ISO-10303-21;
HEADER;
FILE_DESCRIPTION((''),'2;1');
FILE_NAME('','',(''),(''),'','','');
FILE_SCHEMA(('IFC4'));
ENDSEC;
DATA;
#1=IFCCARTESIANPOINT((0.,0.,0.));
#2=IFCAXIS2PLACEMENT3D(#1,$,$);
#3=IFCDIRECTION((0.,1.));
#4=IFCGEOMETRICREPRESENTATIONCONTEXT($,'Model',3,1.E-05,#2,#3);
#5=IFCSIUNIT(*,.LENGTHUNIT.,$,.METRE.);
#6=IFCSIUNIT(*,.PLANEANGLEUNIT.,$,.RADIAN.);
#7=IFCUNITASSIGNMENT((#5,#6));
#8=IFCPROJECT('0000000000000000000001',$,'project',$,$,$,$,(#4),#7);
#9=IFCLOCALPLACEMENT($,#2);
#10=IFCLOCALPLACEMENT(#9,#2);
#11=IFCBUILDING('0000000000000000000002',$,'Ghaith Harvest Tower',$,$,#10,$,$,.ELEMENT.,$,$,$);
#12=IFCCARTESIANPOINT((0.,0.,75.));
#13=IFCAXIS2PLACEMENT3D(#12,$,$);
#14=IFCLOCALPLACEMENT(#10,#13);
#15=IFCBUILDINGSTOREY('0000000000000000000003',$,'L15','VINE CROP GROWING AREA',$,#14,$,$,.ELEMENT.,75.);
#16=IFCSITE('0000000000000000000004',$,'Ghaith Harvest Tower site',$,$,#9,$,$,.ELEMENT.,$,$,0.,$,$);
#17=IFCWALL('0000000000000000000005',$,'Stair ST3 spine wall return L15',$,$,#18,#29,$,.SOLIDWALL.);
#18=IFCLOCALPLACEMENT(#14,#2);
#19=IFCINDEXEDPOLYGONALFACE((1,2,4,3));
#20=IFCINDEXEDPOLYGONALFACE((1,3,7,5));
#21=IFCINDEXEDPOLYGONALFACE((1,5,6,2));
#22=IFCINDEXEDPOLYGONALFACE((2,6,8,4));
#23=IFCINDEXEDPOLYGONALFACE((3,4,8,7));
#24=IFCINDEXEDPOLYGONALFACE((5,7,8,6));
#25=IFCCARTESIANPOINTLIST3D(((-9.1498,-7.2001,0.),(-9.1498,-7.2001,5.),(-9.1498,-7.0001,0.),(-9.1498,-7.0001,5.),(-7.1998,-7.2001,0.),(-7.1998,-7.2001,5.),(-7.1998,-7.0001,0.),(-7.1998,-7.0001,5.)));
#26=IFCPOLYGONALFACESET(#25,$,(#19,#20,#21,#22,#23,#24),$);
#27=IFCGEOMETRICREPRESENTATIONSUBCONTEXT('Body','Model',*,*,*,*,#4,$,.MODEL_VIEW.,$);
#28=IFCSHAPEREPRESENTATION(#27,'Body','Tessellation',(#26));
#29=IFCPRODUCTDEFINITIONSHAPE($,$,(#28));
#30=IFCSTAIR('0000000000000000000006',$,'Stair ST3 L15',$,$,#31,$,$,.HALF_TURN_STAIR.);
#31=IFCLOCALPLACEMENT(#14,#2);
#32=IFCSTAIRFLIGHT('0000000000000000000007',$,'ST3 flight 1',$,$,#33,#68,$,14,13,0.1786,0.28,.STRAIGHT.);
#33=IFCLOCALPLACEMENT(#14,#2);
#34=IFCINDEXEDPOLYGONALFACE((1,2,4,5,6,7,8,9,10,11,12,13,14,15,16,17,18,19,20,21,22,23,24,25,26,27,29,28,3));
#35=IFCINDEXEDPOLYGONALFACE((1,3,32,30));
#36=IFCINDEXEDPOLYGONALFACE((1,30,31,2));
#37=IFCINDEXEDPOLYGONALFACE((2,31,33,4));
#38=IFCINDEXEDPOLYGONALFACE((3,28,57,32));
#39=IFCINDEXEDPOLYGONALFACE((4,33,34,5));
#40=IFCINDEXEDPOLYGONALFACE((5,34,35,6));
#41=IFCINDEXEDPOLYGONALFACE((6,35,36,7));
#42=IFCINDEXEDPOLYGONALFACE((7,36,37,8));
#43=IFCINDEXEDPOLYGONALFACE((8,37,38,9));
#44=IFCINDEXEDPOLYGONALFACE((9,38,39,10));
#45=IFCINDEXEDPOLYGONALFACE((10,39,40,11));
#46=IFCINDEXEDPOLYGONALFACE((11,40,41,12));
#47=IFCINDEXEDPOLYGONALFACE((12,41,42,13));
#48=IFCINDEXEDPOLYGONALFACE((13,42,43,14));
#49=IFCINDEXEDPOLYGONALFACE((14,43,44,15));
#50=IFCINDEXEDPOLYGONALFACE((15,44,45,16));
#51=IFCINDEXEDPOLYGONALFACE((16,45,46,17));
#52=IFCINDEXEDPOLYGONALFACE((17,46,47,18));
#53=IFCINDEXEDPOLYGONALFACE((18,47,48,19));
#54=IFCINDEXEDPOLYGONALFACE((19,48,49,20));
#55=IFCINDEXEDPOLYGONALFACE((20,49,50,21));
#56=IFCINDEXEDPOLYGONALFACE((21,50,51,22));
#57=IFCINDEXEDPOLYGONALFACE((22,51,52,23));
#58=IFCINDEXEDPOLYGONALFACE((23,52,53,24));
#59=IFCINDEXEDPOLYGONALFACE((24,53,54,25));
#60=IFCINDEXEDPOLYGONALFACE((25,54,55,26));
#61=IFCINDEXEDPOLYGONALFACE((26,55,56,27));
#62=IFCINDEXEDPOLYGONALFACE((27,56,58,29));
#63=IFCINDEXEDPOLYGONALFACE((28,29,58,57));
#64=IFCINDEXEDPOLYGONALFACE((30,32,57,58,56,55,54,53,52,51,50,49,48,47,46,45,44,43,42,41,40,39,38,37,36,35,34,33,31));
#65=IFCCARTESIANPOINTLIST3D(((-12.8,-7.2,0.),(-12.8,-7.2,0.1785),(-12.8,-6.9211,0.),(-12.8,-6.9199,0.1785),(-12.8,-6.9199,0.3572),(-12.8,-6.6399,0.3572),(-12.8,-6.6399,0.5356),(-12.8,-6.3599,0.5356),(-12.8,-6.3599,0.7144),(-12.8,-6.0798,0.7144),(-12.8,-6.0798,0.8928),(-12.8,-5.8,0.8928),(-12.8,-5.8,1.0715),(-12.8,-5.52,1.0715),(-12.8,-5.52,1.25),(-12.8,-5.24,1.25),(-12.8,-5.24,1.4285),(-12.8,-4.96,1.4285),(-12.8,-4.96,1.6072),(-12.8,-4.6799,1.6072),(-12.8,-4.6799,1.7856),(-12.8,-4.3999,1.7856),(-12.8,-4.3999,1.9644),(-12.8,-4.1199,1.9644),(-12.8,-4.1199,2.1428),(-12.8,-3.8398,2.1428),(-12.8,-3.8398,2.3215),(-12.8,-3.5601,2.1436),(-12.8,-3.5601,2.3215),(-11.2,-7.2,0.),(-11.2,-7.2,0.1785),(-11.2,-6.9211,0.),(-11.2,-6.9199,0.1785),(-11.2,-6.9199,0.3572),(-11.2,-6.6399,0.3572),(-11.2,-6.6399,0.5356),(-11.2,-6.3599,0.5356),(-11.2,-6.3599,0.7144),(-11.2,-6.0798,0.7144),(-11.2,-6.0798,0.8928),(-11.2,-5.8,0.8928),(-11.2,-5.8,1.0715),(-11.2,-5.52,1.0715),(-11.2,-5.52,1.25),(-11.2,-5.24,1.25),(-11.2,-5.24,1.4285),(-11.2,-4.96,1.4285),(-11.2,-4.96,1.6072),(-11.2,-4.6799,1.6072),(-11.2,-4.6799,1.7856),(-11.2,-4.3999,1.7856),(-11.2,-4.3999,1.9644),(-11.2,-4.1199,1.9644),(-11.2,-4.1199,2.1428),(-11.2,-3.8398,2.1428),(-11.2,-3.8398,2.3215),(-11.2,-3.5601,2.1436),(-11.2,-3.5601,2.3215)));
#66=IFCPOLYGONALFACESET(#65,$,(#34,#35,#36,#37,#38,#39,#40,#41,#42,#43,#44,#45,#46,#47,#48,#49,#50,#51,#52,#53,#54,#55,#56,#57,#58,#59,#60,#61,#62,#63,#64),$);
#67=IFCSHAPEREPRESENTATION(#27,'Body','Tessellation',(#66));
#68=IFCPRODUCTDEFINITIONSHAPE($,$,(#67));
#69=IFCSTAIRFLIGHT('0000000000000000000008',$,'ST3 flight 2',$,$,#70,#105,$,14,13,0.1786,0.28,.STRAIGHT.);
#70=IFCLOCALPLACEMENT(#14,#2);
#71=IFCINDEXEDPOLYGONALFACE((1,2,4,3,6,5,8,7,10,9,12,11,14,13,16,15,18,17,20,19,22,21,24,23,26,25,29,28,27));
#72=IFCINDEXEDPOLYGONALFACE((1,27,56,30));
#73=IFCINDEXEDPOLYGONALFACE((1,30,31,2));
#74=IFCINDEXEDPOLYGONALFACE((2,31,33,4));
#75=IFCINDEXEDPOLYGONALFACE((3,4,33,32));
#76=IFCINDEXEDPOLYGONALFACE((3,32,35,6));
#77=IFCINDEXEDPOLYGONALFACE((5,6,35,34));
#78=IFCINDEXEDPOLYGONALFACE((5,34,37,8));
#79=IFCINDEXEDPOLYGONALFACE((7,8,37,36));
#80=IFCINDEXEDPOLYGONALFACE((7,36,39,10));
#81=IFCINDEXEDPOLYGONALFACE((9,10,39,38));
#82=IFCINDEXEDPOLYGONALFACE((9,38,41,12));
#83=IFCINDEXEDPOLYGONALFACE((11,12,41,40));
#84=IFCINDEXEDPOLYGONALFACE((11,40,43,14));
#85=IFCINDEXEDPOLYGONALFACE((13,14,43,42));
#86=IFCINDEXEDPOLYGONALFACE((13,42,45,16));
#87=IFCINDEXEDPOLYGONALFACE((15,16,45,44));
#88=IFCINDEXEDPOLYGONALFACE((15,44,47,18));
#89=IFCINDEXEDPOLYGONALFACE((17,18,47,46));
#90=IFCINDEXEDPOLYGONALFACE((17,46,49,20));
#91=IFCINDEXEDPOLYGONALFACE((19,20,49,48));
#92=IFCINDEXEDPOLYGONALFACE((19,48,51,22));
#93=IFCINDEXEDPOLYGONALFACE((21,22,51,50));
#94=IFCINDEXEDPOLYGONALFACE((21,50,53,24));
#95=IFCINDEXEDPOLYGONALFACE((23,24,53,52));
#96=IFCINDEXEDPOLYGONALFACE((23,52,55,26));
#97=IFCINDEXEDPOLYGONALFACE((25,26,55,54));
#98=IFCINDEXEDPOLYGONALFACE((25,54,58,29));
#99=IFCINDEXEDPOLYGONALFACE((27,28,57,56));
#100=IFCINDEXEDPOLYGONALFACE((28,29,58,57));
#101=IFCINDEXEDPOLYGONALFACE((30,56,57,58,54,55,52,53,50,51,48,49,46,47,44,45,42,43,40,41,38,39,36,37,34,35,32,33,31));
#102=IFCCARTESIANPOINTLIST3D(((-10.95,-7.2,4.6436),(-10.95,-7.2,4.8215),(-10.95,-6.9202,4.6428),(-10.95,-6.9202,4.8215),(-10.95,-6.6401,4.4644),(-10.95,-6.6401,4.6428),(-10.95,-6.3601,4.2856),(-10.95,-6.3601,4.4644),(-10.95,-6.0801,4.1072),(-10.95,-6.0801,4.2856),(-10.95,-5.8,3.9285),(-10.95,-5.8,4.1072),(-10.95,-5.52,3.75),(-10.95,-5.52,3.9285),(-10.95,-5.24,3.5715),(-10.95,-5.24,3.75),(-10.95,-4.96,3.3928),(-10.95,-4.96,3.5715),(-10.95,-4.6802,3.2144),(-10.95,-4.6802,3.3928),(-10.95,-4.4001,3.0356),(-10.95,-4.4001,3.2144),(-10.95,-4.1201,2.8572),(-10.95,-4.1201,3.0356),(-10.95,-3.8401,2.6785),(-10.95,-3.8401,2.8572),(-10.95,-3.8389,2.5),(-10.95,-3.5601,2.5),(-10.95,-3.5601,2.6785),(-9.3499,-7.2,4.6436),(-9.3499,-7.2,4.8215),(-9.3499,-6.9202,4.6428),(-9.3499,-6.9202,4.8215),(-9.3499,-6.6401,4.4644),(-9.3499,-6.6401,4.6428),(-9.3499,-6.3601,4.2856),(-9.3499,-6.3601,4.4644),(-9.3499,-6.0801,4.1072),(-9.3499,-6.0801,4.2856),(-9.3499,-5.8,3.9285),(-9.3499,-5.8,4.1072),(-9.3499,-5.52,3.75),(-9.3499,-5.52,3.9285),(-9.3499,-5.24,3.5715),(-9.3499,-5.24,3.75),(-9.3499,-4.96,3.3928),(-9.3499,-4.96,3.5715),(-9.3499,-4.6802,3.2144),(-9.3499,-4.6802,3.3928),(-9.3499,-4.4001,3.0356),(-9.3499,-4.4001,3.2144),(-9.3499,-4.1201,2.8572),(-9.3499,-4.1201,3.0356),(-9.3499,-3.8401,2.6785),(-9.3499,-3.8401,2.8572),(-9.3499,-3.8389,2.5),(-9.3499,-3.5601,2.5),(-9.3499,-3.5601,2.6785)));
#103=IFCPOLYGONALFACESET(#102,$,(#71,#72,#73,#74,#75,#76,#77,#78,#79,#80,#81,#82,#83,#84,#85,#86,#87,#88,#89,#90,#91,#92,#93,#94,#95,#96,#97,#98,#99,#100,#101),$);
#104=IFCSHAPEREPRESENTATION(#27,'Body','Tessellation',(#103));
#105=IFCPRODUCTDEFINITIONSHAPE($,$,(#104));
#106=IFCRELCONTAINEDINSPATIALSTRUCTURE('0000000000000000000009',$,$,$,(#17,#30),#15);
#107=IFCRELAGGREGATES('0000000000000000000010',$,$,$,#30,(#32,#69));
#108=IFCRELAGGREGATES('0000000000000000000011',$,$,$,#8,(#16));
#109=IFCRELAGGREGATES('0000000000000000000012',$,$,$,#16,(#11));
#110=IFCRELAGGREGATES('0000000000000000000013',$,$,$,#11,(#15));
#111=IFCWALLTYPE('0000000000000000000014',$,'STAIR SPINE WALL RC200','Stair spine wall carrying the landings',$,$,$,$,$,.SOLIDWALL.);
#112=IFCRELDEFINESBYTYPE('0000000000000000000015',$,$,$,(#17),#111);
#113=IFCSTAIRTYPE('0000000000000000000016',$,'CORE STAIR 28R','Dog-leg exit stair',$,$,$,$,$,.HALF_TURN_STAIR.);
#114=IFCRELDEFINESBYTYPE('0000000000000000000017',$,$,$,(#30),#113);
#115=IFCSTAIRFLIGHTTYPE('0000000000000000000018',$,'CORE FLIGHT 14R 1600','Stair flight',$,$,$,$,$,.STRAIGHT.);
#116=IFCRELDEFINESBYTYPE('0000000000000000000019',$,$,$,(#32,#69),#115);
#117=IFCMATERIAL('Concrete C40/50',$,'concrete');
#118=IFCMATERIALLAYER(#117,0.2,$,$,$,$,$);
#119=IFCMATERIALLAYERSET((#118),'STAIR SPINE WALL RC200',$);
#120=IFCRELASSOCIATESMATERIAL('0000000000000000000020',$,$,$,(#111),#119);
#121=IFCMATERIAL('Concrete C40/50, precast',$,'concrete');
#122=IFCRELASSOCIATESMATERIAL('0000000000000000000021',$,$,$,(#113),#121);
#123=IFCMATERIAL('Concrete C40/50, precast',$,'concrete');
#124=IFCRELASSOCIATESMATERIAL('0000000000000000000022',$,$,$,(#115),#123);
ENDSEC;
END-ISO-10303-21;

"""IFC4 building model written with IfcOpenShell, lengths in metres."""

from ifc_helpers import new_model, si_unit, direction, frame, frame_2d, origin, place, context, subcontext, project, spatial, polyline, rectangle, outline, extrude, material, layer, layer_set, type_object, element, aggregate, save


model = new_model("IFC4")

# Units and contexts
model_context = context("Model", 3, precision=1e-05, world=origin(), true_north=direction((0.0, 1.0)))
body_context = subcontext(model_context, "Body", "Model", "MODEL_VIEW")
ifc_project = project(units=[si_unit("LENGTHUNIT", "METRE"), si_unit("PLANEANGLEUNIT", "RADIAN")], contexts=[model_context])

# Site, building, storey
site_placement = place(None, origin())
site = spatial("IfcSite", under=ifc_project, at=site_placement, Name="Ghaith Harvest Tower site", CompositionType="ELEMENT", RefElevation=0.0)
building_placement = place(site_placement, origin())
building = spatial("IfcBuilding", under=site, at=building_placement, Name="Ghaith Harvest Tower", CompositionType="ELEMENT")
storey_placement = place(building_placement, frame((0.0, 0.0, 75.0)))
storey = spatial("IfcBuildingStorey", under=building, at=storey_placement, Name="L15", Description="VINE CROP GROWING AREA", CompositionType="ELEMENT", Elevation=75.0)

# Wall
ifc_material_1 = material(Name="Concrete C40/50", Category="concrete")
ifc_layer_1 = layer(ifc_material_1, 0.2)
ifc_layer_set_1 = layer_set([ifc_layer_1], Name="STAIR SPINE WALL RC200")
wall_type_1 = type_object("IfcWallType", Name="STAIR SPINE WALL RC200", Description="Stair spine wall carrying the landings", PredefinedType="SOLIDWALL", material=ifc_layer_set_1)
wall_1_placement = place(storey_placement, frame((-9.1499, -7.1001, 0.0), z_axis=(0.0, 0.0, 1.0), x_axis=(1.0, 0.0, 0.0)))
element("IfcWall", 1, at=wall_1_placement, inside=storey, type_object=wall_type_1, Name="Stair ST3 spine wall return L15", PredefinedType="SOLIDWALL", context=body_context, shape_type="SweptSolid", body=[
    extrude(rectangle(XDim=1.95, YDim=0.2, at=frame_2d((0.9751, 0.0))), origin(), (0.0, 0.0, 1.0), 5.0),
])

# Stair, stair flights
ifc_material_2 = material(Name="Concrete C40/50, precast", Category="concrete")
stair_type = type_object("IfcStairType", Name="CORE STAIR 28R", Description="Dog-leg exit stair", PredefinedType="HALF_TURN_STAIR", material=ifc_material_2)
stair_placement = place(storey_placement, origin())
stair = element("IfcStair", 2, at=stair_placement, inside=storey, type_object=stair_type, Name="Stair ST3 L15", PredefinedType="HALF_TURN_STAIR")
ifc_material_3 = material(Name="Concrete C40/50, precast", Category="concrete")
stair_flight_type = type_object("IfcStairFlightType", Name="CORE FLIGHT 14R 1600", Description="Stair flight", PredefinedType="STRAIGHT", material=ifc_material_3)
stair_flight_1_placement = place(storey_placement, frame((-12.0, -7.2, 0.0), z_axis=(0.0, 0.0, 1.0), x_axis=(0.0, 1.0, 0.0)))
stair_flight_1 = element("IfcStairFlight", 3, at=stair_flight_1_placement, type_object=stair_flight_type, Name="ST3 flight 1", NumberOfRisers=14, NumberOfTreads=13, PredefinedType="STRAIGHT", RiserHeight=0.1786, TreadLength=0.28, context=body_context, shape_type="SweptSolid", body=[
    extrude(outline(polyline([(0.0, 0.0), (0.0, 0.1785), (0.28, 0.1785), (0.28, 0.3572), (0.5601, 0.3572), (0.5601, 0.5356), (0.8401, 0.5356), (0.8401, 0.7144), (1.1201, 0.7144), (1.1201, 0.8928), (1.3999, 0.8928), (1.3999, 1.0715), (1.6799, 1.0715), (1.6799, 1.25), (1.96, 1.25), (1.96, 1.4285), (2.24, 1.4285), (2.24, 1.6072), (2.52, 1.6072), (2.52, 1.7856), (2.8, 1.7856), (2.8, 1.9644), (3.0801, 1.9644), (3.0801, 2.1428), (3.3601, 2.1428), (3.3601, 2.3215), (3.6399, 2.3215), (3.6399, 2.5), (3.6399, 2.1436), (0.2788, 0.0), (0.0, 0.0)])), frame((0.0, 0.8, 0.0), z_axis=(0.0, -1.0, 0.0), x_axis=(1.0, 0.0, 0.0)), (0.0, 0.0, 1.0), 1.6001),
])
stair_flight_2_placement = place(storey_placement, frame((-10.1499, -3.5601, 2.5), z_axis=(0.0, 0.0, 1.0), x_axis=(0.0, -1.0, 0.0)))
stair_flight_2 = element("IfcStairFlight", 4, at=stair_flight_2_placement, type_object=stair_flight_type, Name="ST3 flight 2", NumberOfRisers=14, NumberOfTreads=13, PredefinedType="STRAIGHT", RiserHeight=0.1786, TreadLength=0.28, context=body_context, shape_type="SweptSolid", body=[
    extrude(outline(polyline([(0.0, 0.0), (0.0, 0.1785), (0.28, 0.1785), (0.28, 0.3572), (0.5601, 0.3572), (0.5601, 0.5356), (0.8401, 0.5356), (0.8401, 0.7144), (1.1201, 0.7144), (1.1201, 0.8928), (1.3999, 0.8928), (1.3999, 1.0715), (1.6799, 1.0715), (1.6799, 1.25), (1.96, 1.25), (1.96, 1.4285), (2.24, 1.4285), (2.24, 1.6072), (2.52, 1.6072), (2.52, 1.7856), (2.8, 1.7856), (2.8, 1.9644), (3.0801, 1.9644), (3.0801, 2.1428), (3.3601, 2.1428), (3.3601, 2.3215), (3.6399, 2.3215), (3.6399, 2.5), (3.6399, 2.1436), (0.2788, 0.0), (0.0, 0.0)])), frame((0.0, 0.8, 0.0), z_axis=(0.0, -1.0, 0.0), x_axis=(1.0, 0.0, 0.0)), (0.0, 0.0, 1.0), 1.6001),
])
aggregate(stair, [stair_flight_1, stair_flight_2])

save(model, "model.ifc")
